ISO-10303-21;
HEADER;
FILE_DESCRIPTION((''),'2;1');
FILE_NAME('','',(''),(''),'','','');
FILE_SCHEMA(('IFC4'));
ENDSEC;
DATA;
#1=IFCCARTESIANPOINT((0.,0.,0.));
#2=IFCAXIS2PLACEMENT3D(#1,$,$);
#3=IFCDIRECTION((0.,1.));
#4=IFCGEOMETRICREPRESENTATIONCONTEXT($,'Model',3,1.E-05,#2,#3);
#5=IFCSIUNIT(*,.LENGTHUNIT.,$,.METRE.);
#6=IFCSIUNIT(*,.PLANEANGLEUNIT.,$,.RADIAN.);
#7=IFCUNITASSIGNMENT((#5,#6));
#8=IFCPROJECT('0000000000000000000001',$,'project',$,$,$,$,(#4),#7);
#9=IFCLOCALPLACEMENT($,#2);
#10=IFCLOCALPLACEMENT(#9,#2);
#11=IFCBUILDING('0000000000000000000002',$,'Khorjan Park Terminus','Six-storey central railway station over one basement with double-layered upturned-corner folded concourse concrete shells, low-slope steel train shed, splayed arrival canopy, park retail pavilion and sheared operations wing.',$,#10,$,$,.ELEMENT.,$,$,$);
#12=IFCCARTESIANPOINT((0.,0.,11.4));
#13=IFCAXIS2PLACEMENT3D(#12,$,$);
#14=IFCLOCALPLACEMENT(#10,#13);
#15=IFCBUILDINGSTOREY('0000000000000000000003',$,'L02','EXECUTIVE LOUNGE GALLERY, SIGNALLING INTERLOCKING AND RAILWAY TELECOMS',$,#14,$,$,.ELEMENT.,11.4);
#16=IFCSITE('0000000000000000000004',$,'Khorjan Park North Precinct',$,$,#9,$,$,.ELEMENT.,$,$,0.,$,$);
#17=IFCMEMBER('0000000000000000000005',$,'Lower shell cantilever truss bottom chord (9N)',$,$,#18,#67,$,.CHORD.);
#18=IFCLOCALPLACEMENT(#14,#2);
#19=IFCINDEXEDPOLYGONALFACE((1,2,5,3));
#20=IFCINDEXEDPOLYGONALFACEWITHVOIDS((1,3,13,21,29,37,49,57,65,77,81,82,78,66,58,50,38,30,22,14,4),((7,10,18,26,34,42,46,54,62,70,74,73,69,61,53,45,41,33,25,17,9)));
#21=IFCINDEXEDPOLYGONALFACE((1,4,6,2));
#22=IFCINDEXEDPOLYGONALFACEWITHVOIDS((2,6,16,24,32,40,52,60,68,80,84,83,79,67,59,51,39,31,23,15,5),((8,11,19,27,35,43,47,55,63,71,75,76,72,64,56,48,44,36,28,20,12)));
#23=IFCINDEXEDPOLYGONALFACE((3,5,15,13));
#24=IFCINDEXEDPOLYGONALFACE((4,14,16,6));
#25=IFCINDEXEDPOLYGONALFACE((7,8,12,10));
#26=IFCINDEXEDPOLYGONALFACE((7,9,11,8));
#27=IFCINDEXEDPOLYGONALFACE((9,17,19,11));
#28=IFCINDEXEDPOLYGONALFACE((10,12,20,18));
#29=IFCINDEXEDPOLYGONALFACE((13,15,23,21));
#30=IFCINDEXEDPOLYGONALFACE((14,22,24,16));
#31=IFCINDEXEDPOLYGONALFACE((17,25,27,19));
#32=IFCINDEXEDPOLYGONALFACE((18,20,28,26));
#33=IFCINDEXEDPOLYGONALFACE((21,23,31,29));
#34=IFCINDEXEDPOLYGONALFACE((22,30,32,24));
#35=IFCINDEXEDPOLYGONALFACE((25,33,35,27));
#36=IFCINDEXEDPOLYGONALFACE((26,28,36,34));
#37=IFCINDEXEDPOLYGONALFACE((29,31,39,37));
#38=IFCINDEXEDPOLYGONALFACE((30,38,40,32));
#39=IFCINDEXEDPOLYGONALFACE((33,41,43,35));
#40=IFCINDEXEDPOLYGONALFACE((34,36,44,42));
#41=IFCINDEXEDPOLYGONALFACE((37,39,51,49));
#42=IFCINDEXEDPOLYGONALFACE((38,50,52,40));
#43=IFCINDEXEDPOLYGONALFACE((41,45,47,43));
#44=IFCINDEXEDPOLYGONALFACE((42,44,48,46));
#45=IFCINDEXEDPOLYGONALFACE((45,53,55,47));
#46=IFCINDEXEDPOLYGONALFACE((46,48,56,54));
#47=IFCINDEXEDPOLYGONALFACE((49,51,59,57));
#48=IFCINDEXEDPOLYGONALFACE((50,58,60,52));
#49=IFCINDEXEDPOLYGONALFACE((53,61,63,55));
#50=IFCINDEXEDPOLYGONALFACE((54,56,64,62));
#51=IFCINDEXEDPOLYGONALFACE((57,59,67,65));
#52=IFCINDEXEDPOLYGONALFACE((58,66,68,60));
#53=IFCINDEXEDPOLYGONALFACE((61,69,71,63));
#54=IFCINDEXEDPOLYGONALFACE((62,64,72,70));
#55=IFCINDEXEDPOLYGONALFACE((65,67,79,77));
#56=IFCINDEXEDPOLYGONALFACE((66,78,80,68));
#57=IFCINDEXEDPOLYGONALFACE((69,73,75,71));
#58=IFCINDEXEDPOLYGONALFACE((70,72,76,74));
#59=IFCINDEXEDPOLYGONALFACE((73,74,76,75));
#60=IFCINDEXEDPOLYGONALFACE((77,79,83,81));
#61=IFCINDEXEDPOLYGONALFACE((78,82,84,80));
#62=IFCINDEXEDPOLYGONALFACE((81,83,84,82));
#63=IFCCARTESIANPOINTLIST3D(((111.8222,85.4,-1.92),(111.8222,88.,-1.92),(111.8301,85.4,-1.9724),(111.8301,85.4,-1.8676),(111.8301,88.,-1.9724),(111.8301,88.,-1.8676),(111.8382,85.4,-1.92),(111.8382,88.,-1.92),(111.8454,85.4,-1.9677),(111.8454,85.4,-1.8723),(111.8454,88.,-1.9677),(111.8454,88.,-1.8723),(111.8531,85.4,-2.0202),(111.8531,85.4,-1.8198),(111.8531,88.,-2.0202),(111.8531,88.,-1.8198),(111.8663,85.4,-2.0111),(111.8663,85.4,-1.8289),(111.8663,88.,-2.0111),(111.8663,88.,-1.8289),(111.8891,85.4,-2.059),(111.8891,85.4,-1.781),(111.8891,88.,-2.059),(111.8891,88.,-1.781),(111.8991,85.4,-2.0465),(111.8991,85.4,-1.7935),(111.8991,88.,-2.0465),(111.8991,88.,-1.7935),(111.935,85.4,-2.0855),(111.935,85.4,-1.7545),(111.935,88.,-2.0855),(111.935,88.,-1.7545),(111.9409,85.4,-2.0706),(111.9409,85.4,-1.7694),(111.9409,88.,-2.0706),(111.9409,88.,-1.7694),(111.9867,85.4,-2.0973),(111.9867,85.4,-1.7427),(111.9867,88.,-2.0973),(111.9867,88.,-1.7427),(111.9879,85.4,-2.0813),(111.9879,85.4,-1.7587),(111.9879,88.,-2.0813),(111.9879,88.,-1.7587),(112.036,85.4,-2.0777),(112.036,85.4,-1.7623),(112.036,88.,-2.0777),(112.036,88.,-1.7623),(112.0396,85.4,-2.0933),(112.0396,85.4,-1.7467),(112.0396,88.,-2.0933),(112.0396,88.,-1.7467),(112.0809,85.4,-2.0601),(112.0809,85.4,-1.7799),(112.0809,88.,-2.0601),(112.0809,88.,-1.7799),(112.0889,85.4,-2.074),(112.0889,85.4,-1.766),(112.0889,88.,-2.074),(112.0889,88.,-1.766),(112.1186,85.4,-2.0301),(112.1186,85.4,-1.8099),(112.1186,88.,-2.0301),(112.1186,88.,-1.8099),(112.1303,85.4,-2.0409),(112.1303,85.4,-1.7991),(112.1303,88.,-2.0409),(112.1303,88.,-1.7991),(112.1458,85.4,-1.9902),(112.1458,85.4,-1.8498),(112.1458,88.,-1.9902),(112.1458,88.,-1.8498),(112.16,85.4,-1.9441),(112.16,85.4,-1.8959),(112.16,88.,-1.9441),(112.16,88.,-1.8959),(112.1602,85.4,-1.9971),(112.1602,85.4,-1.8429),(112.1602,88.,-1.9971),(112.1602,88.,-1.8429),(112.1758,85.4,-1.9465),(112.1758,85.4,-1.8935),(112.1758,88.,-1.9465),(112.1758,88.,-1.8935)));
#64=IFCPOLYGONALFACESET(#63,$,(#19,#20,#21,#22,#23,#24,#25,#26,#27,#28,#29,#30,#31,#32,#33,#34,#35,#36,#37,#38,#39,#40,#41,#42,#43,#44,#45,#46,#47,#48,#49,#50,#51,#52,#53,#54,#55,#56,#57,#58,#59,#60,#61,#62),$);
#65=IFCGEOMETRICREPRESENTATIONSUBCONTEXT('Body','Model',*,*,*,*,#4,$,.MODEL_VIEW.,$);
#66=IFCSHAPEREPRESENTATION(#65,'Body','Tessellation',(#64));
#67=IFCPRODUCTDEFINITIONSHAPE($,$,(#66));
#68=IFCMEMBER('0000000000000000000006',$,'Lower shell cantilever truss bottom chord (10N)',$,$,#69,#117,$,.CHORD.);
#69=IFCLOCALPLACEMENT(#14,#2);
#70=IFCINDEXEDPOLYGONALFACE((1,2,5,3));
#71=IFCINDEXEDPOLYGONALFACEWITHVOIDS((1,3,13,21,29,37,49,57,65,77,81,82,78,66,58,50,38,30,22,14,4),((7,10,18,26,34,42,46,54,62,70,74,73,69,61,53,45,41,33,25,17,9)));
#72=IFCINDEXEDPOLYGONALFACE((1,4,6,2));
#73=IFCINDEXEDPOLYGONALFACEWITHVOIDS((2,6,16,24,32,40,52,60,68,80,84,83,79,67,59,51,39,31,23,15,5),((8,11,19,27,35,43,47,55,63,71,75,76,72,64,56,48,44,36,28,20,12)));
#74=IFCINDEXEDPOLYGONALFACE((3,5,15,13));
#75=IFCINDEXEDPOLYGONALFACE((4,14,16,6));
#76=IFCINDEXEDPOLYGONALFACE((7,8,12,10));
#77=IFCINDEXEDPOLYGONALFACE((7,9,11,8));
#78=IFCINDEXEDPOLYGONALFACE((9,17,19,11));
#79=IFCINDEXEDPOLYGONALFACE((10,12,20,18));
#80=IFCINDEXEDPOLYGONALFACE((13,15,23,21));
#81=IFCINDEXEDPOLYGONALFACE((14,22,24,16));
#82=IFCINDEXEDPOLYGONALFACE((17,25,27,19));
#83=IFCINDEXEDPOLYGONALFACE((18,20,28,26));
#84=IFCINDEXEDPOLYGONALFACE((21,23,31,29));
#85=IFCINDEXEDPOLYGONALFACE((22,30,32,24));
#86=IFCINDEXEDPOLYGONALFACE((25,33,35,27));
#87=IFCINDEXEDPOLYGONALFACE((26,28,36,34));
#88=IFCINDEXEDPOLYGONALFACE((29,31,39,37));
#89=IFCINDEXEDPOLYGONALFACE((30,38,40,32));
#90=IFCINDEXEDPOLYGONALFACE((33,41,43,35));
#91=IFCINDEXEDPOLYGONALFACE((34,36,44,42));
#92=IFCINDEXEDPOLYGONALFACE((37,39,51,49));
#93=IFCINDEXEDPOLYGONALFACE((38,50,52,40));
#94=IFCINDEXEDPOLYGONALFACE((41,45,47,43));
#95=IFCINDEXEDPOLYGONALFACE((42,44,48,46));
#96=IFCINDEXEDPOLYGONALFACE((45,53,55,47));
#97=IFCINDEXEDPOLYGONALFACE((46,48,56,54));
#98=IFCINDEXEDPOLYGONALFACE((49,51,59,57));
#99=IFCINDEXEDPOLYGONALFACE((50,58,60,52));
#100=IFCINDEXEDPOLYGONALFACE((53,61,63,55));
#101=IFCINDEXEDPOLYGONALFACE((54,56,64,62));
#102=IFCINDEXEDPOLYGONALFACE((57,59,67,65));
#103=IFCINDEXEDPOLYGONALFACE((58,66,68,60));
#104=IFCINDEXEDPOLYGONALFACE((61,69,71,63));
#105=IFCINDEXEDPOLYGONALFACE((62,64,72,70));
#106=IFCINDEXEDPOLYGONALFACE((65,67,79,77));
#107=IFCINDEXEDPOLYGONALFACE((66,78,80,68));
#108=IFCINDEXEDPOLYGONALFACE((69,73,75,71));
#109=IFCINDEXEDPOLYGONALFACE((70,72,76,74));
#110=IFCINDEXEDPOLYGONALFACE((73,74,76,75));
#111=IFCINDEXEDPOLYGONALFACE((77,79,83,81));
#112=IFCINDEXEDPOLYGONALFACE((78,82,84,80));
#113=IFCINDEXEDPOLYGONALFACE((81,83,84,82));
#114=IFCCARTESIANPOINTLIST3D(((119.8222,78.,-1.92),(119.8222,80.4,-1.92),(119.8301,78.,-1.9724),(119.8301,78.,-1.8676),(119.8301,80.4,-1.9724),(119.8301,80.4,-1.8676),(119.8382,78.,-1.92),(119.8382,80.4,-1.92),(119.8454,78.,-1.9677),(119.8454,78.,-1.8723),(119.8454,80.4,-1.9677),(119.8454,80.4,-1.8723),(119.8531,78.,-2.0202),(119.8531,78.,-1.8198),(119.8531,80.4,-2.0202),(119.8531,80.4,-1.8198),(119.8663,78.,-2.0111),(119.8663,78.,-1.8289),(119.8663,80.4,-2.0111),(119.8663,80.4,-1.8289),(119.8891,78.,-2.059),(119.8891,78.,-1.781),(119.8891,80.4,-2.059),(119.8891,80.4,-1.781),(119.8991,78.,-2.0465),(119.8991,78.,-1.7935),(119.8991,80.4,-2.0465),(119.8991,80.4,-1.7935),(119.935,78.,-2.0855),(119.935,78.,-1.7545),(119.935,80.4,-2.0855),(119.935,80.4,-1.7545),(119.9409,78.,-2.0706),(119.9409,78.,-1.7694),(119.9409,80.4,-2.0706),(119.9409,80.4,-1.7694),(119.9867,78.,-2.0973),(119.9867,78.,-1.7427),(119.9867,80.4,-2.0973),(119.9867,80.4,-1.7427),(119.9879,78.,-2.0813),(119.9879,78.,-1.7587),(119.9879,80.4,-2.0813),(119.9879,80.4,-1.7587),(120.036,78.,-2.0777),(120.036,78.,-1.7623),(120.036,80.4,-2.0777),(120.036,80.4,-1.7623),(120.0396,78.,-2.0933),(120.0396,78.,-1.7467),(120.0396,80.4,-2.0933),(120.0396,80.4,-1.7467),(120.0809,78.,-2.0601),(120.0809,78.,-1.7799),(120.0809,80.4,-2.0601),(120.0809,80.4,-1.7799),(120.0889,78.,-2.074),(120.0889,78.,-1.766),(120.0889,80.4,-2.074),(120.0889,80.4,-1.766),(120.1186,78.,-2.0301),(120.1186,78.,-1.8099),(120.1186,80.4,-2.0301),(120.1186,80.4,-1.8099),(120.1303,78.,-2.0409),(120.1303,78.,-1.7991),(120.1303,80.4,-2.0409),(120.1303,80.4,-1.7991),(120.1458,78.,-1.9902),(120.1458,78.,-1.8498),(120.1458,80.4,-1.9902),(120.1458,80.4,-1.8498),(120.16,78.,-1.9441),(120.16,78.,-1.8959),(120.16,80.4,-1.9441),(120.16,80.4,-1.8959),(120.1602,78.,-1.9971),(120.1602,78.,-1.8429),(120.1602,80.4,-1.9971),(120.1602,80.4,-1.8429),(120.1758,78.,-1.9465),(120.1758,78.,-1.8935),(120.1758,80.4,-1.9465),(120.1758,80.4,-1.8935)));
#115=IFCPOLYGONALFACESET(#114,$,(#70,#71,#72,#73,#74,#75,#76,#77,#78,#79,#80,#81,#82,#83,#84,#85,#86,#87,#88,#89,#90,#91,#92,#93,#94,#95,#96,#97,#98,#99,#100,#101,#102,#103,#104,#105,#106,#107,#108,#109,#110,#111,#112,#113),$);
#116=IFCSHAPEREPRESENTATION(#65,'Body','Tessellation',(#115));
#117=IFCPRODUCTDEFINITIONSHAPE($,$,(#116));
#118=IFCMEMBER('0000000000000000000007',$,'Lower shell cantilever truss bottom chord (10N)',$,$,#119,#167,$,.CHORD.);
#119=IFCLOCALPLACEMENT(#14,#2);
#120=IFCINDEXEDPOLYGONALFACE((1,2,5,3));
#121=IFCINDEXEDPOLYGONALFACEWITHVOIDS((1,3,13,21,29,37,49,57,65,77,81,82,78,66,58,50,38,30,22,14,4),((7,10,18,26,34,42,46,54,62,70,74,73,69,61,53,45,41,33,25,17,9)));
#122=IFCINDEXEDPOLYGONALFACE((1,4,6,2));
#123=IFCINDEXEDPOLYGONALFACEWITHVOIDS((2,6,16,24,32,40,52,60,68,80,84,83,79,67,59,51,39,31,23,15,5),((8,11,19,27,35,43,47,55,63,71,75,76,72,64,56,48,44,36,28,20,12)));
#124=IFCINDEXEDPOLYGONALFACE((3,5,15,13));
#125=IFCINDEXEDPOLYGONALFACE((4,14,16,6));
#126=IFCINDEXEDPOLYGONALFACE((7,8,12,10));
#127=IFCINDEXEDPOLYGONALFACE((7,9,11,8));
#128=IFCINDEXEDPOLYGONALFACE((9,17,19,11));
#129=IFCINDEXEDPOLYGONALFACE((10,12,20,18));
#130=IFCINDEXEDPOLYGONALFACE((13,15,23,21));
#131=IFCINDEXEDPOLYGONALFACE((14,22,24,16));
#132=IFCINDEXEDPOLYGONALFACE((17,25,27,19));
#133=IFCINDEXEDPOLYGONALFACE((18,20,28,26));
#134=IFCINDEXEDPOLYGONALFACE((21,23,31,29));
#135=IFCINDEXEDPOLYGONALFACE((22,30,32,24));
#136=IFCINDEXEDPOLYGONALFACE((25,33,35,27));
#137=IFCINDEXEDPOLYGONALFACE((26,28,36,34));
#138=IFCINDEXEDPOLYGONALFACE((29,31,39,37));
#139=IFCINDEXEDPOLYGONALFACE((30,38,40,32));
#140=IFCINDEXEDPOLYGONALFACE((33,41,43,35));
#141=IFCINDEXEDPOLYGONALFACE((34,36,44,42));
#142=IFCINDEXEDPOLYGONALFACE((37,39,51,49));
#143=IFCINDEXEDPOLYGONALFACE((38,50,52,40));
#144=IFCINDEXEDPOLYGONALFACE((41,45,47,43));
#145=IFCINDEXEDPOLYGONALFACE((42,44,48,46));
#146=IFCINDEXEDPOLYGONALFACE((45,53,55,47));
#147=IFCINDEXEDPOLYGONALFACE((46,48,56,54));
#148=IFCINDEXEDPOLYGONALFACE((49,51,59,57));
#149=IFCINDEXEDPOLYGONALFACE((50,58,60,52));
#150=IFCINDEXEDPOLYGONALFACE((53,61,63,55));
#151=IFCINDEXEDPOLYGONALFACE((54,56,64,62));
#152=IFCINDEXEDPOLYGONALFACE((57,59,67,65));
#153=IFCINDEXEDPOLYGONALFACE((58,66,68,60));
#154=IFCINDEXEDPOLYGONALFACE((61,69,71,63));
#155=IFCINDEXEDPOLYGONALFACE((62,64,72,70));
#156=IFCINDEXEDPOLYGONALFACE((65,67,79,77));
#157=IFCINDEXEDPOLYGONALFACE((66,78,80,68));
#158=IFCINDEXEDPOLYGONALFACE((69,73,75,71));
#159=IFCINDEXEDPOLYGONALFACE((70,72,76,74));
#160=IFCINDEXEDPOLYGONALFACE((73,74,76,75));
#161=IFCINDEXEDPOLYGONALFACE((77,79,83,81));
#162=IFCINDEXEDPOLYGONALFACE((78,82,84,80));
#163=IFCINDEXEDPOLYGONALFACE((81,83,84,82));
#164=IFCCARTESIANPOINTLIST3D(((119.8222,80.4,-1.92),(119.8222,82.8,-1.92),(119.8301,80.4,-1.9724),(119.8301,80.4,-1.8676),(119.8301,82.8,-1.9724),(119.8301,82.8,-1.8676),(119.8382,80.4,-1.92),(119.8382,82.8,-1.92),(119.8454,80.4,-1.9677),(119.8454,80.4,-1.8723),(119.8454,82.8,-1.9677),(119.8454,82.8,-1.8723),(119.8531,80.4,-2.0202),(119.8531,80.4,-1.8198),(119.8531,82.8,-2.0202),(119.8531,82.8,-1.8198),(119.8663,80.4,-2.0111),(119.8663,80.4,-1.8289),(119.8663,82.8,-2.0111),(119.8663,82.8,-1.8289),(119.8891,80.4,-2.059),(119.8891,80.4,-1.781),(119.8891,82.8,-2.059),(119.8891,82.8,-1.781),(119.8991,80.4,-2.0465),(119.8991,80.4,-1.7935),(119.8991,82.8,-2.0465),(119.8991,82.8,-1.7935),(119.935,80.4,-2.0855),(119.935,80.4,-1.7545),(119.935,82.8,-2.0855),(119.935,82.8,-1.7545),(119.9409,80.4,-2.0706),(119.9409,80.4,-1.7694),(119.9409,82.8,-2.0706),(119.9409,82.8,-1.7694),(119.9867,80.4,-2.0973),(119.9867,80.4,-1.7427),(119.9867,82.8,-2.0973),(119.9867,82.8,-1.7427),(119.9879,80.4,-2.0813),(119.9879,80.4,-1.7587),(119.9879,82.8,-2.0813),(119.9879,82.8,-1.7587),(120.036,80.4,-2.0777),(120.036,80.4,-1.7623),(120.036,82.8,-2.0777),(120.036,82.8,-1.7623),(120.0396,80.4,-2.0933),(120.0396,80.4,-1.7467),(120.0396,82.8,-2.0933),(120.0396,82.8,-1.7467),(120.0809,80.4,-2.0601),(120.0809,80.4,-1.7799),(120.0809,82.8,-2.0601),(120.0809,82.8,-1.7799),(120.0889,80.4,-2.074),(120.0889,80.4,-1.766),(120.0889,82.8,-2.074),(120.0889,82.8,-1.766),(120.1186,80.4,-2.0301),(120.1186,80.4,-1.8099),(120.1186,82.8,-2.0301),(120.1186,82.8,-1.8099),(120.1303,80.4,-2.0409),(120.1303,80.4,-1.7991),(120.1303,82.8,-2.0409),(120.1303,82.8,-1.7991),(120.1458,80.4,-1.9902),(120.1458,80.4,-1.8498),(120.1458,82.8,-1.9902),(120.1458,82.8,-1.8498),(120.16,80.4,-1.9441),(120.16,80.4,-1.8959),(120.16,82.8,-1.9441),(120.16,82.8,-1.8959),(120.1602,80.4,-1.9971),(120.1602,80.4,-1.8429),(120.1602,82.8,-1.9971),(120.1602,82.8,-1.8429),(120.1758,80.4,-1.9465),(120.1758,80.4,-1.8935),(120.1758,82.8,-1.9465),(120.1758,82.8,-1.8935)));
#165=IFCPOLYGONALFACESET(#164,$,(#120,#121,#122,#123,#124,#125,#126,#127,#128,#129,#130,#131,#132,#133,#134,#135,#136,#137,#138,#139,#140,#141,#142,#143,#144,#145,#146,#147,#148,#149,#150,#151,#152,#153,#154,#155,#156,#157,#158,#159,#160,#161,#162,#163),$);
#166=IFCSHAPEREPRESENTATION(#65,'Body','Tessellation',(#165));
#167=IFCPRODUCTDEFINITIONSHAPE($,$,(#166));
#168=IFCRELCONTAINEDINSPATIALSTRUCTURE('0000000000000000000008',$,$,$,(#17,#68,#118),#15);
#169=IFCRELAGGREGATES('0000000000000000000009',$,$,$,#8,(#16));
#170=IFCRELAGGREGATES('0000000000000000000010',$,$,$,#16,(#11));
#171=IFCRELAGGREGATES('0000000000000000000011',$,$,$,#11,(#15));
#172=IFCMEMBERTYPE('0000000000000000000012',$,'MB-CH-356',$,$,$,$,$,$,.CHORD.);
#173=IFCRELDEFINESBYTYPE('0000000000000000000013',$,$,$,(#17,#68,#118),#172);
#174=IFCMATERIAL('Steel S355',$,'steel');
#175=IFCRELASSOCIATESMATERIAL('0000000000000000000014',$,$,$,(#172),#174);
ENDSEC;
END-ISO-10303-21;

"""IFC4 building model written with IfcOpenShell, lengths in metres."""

from ifc_helpers import new_model, si_unit, direction, frame, origin, origin_2d, place, context, subcontext, project, spatial, hollow_circle, extrude, material, material_profile, profile_set, type_object, element, save


model = new_model("IFC4")

# Units and contexts
model_context = context("Model", 3, precision=1e-05, world=origin(), true_north=direction((0.0, 1.0)))
body_context = subcontext(model_context, "Body", "Model", "MODEL_VIEW")
ifc_project = project(units=[si_unit("LENGTHUNIT", "METRE"), si_unit("PLANEANGLEUNIT", "RADIAN")], contexts=[model_context])

# Site, building, storey
site_placement = place(None, origin())
site = spatial("IfcSite", under=ifc_project, at=site_placement, Name="Khorjan Park North Precinct", CompositionType="ELEMENT", RefElevation=0.0)
building_placement = place(site_placement, origin())
building = spatial("IfcBuilding", under=site, at=building_placement, Name="Khorjan Park Terminus", Description="Six-storey central railway station over one basement with double-layered upturned-corner folded concourse concrete shells, low-slope steel train shed, splayed arrival canopy, park retail pavilion and sheared operations wing.", CompositionType="ELEMENT")
storey_placement = place(building_placement, frame((0.0, 0.0, 11.4)))
storey = spatial("IfcBuildingStorey", under=building, at=storey_placement, Name="L02", Description="EXECUTIVE LOUNGE GALLERY, SIGNALLING INTERLOCKING AND RAILWAY TELECOMS", CompositionType="ELEMENT", Elevation=11.4)

# Members
ifc_material_1 = material(Name="Steel S355", Category="steel")
ifc_material_profile_1 = material_profile(ifc_material_1, hollow_circle(Radius=0.1778, WallThickness=0.016, at=origin_2d()), Name="CHS 355.6x16")
ifc_profile_set_1 = profile_set([ifc_material_profile_1], Name="Steel S355")
member_type_1 = type_object("IfcMemberType", Name="MB-CH-356", PredefinedType="CHORD", material=ifc_profile_set_1)
for number, where, z_axis, x_axis, name in (
    (1, (112.0, 85.4, -1.92), (0.0, 1.0, 0.0), (-1.0, 0.0, 0.0), "Lower shell cantilever truss bottom chord (9N)"),
):
    element("IfcMember", number, at=place(storey_placement, frame(where, z_axis=z_axis, x_axis=x_axis)), inside=storey, type_object=member_type_1, Name=name, PredefinedType="CHORD", context=body_context, shape_type="SweptSolid", body=[
        extrude(hollow_circle(Radius=0.1778, WallThickness=0.016, at=origin_2d()), origin(), (0.0, 0.0, 1.0), 2.6),
    ])
for number, where, z_axis, x_axis, name in (
    (2, (120.0, 78.0, -1.92), (0.0, 1.0, 0.0), (-1.0, 0.0, 0.0), "Lower shell cantilever truss bottom chord (10N)"),
    (3, (120.0, 80.4, -1.92), (0.0, 1.0, 0.0), (-1.0, 0.0, 0.0), "Lower shell cantilever truss bottom chord (10N)"),
):
    element("IfcMember", number, at=place(storey_placement, frame(where, z_axis=z_axis, x_axis=x_axis)), inside=storey, type_object=member_type_1, Name=name, PredefinedType="CHORD", context=body_context, shape_type="SweptSolid", body=[
        extrude(hollow_circle(Radius=0.1778, WallThickness=0.016, at=origin_2d()), origin(), (0.0, 0.0, 1.0), 2.4),
    ])

save(model, "model.ifc")
